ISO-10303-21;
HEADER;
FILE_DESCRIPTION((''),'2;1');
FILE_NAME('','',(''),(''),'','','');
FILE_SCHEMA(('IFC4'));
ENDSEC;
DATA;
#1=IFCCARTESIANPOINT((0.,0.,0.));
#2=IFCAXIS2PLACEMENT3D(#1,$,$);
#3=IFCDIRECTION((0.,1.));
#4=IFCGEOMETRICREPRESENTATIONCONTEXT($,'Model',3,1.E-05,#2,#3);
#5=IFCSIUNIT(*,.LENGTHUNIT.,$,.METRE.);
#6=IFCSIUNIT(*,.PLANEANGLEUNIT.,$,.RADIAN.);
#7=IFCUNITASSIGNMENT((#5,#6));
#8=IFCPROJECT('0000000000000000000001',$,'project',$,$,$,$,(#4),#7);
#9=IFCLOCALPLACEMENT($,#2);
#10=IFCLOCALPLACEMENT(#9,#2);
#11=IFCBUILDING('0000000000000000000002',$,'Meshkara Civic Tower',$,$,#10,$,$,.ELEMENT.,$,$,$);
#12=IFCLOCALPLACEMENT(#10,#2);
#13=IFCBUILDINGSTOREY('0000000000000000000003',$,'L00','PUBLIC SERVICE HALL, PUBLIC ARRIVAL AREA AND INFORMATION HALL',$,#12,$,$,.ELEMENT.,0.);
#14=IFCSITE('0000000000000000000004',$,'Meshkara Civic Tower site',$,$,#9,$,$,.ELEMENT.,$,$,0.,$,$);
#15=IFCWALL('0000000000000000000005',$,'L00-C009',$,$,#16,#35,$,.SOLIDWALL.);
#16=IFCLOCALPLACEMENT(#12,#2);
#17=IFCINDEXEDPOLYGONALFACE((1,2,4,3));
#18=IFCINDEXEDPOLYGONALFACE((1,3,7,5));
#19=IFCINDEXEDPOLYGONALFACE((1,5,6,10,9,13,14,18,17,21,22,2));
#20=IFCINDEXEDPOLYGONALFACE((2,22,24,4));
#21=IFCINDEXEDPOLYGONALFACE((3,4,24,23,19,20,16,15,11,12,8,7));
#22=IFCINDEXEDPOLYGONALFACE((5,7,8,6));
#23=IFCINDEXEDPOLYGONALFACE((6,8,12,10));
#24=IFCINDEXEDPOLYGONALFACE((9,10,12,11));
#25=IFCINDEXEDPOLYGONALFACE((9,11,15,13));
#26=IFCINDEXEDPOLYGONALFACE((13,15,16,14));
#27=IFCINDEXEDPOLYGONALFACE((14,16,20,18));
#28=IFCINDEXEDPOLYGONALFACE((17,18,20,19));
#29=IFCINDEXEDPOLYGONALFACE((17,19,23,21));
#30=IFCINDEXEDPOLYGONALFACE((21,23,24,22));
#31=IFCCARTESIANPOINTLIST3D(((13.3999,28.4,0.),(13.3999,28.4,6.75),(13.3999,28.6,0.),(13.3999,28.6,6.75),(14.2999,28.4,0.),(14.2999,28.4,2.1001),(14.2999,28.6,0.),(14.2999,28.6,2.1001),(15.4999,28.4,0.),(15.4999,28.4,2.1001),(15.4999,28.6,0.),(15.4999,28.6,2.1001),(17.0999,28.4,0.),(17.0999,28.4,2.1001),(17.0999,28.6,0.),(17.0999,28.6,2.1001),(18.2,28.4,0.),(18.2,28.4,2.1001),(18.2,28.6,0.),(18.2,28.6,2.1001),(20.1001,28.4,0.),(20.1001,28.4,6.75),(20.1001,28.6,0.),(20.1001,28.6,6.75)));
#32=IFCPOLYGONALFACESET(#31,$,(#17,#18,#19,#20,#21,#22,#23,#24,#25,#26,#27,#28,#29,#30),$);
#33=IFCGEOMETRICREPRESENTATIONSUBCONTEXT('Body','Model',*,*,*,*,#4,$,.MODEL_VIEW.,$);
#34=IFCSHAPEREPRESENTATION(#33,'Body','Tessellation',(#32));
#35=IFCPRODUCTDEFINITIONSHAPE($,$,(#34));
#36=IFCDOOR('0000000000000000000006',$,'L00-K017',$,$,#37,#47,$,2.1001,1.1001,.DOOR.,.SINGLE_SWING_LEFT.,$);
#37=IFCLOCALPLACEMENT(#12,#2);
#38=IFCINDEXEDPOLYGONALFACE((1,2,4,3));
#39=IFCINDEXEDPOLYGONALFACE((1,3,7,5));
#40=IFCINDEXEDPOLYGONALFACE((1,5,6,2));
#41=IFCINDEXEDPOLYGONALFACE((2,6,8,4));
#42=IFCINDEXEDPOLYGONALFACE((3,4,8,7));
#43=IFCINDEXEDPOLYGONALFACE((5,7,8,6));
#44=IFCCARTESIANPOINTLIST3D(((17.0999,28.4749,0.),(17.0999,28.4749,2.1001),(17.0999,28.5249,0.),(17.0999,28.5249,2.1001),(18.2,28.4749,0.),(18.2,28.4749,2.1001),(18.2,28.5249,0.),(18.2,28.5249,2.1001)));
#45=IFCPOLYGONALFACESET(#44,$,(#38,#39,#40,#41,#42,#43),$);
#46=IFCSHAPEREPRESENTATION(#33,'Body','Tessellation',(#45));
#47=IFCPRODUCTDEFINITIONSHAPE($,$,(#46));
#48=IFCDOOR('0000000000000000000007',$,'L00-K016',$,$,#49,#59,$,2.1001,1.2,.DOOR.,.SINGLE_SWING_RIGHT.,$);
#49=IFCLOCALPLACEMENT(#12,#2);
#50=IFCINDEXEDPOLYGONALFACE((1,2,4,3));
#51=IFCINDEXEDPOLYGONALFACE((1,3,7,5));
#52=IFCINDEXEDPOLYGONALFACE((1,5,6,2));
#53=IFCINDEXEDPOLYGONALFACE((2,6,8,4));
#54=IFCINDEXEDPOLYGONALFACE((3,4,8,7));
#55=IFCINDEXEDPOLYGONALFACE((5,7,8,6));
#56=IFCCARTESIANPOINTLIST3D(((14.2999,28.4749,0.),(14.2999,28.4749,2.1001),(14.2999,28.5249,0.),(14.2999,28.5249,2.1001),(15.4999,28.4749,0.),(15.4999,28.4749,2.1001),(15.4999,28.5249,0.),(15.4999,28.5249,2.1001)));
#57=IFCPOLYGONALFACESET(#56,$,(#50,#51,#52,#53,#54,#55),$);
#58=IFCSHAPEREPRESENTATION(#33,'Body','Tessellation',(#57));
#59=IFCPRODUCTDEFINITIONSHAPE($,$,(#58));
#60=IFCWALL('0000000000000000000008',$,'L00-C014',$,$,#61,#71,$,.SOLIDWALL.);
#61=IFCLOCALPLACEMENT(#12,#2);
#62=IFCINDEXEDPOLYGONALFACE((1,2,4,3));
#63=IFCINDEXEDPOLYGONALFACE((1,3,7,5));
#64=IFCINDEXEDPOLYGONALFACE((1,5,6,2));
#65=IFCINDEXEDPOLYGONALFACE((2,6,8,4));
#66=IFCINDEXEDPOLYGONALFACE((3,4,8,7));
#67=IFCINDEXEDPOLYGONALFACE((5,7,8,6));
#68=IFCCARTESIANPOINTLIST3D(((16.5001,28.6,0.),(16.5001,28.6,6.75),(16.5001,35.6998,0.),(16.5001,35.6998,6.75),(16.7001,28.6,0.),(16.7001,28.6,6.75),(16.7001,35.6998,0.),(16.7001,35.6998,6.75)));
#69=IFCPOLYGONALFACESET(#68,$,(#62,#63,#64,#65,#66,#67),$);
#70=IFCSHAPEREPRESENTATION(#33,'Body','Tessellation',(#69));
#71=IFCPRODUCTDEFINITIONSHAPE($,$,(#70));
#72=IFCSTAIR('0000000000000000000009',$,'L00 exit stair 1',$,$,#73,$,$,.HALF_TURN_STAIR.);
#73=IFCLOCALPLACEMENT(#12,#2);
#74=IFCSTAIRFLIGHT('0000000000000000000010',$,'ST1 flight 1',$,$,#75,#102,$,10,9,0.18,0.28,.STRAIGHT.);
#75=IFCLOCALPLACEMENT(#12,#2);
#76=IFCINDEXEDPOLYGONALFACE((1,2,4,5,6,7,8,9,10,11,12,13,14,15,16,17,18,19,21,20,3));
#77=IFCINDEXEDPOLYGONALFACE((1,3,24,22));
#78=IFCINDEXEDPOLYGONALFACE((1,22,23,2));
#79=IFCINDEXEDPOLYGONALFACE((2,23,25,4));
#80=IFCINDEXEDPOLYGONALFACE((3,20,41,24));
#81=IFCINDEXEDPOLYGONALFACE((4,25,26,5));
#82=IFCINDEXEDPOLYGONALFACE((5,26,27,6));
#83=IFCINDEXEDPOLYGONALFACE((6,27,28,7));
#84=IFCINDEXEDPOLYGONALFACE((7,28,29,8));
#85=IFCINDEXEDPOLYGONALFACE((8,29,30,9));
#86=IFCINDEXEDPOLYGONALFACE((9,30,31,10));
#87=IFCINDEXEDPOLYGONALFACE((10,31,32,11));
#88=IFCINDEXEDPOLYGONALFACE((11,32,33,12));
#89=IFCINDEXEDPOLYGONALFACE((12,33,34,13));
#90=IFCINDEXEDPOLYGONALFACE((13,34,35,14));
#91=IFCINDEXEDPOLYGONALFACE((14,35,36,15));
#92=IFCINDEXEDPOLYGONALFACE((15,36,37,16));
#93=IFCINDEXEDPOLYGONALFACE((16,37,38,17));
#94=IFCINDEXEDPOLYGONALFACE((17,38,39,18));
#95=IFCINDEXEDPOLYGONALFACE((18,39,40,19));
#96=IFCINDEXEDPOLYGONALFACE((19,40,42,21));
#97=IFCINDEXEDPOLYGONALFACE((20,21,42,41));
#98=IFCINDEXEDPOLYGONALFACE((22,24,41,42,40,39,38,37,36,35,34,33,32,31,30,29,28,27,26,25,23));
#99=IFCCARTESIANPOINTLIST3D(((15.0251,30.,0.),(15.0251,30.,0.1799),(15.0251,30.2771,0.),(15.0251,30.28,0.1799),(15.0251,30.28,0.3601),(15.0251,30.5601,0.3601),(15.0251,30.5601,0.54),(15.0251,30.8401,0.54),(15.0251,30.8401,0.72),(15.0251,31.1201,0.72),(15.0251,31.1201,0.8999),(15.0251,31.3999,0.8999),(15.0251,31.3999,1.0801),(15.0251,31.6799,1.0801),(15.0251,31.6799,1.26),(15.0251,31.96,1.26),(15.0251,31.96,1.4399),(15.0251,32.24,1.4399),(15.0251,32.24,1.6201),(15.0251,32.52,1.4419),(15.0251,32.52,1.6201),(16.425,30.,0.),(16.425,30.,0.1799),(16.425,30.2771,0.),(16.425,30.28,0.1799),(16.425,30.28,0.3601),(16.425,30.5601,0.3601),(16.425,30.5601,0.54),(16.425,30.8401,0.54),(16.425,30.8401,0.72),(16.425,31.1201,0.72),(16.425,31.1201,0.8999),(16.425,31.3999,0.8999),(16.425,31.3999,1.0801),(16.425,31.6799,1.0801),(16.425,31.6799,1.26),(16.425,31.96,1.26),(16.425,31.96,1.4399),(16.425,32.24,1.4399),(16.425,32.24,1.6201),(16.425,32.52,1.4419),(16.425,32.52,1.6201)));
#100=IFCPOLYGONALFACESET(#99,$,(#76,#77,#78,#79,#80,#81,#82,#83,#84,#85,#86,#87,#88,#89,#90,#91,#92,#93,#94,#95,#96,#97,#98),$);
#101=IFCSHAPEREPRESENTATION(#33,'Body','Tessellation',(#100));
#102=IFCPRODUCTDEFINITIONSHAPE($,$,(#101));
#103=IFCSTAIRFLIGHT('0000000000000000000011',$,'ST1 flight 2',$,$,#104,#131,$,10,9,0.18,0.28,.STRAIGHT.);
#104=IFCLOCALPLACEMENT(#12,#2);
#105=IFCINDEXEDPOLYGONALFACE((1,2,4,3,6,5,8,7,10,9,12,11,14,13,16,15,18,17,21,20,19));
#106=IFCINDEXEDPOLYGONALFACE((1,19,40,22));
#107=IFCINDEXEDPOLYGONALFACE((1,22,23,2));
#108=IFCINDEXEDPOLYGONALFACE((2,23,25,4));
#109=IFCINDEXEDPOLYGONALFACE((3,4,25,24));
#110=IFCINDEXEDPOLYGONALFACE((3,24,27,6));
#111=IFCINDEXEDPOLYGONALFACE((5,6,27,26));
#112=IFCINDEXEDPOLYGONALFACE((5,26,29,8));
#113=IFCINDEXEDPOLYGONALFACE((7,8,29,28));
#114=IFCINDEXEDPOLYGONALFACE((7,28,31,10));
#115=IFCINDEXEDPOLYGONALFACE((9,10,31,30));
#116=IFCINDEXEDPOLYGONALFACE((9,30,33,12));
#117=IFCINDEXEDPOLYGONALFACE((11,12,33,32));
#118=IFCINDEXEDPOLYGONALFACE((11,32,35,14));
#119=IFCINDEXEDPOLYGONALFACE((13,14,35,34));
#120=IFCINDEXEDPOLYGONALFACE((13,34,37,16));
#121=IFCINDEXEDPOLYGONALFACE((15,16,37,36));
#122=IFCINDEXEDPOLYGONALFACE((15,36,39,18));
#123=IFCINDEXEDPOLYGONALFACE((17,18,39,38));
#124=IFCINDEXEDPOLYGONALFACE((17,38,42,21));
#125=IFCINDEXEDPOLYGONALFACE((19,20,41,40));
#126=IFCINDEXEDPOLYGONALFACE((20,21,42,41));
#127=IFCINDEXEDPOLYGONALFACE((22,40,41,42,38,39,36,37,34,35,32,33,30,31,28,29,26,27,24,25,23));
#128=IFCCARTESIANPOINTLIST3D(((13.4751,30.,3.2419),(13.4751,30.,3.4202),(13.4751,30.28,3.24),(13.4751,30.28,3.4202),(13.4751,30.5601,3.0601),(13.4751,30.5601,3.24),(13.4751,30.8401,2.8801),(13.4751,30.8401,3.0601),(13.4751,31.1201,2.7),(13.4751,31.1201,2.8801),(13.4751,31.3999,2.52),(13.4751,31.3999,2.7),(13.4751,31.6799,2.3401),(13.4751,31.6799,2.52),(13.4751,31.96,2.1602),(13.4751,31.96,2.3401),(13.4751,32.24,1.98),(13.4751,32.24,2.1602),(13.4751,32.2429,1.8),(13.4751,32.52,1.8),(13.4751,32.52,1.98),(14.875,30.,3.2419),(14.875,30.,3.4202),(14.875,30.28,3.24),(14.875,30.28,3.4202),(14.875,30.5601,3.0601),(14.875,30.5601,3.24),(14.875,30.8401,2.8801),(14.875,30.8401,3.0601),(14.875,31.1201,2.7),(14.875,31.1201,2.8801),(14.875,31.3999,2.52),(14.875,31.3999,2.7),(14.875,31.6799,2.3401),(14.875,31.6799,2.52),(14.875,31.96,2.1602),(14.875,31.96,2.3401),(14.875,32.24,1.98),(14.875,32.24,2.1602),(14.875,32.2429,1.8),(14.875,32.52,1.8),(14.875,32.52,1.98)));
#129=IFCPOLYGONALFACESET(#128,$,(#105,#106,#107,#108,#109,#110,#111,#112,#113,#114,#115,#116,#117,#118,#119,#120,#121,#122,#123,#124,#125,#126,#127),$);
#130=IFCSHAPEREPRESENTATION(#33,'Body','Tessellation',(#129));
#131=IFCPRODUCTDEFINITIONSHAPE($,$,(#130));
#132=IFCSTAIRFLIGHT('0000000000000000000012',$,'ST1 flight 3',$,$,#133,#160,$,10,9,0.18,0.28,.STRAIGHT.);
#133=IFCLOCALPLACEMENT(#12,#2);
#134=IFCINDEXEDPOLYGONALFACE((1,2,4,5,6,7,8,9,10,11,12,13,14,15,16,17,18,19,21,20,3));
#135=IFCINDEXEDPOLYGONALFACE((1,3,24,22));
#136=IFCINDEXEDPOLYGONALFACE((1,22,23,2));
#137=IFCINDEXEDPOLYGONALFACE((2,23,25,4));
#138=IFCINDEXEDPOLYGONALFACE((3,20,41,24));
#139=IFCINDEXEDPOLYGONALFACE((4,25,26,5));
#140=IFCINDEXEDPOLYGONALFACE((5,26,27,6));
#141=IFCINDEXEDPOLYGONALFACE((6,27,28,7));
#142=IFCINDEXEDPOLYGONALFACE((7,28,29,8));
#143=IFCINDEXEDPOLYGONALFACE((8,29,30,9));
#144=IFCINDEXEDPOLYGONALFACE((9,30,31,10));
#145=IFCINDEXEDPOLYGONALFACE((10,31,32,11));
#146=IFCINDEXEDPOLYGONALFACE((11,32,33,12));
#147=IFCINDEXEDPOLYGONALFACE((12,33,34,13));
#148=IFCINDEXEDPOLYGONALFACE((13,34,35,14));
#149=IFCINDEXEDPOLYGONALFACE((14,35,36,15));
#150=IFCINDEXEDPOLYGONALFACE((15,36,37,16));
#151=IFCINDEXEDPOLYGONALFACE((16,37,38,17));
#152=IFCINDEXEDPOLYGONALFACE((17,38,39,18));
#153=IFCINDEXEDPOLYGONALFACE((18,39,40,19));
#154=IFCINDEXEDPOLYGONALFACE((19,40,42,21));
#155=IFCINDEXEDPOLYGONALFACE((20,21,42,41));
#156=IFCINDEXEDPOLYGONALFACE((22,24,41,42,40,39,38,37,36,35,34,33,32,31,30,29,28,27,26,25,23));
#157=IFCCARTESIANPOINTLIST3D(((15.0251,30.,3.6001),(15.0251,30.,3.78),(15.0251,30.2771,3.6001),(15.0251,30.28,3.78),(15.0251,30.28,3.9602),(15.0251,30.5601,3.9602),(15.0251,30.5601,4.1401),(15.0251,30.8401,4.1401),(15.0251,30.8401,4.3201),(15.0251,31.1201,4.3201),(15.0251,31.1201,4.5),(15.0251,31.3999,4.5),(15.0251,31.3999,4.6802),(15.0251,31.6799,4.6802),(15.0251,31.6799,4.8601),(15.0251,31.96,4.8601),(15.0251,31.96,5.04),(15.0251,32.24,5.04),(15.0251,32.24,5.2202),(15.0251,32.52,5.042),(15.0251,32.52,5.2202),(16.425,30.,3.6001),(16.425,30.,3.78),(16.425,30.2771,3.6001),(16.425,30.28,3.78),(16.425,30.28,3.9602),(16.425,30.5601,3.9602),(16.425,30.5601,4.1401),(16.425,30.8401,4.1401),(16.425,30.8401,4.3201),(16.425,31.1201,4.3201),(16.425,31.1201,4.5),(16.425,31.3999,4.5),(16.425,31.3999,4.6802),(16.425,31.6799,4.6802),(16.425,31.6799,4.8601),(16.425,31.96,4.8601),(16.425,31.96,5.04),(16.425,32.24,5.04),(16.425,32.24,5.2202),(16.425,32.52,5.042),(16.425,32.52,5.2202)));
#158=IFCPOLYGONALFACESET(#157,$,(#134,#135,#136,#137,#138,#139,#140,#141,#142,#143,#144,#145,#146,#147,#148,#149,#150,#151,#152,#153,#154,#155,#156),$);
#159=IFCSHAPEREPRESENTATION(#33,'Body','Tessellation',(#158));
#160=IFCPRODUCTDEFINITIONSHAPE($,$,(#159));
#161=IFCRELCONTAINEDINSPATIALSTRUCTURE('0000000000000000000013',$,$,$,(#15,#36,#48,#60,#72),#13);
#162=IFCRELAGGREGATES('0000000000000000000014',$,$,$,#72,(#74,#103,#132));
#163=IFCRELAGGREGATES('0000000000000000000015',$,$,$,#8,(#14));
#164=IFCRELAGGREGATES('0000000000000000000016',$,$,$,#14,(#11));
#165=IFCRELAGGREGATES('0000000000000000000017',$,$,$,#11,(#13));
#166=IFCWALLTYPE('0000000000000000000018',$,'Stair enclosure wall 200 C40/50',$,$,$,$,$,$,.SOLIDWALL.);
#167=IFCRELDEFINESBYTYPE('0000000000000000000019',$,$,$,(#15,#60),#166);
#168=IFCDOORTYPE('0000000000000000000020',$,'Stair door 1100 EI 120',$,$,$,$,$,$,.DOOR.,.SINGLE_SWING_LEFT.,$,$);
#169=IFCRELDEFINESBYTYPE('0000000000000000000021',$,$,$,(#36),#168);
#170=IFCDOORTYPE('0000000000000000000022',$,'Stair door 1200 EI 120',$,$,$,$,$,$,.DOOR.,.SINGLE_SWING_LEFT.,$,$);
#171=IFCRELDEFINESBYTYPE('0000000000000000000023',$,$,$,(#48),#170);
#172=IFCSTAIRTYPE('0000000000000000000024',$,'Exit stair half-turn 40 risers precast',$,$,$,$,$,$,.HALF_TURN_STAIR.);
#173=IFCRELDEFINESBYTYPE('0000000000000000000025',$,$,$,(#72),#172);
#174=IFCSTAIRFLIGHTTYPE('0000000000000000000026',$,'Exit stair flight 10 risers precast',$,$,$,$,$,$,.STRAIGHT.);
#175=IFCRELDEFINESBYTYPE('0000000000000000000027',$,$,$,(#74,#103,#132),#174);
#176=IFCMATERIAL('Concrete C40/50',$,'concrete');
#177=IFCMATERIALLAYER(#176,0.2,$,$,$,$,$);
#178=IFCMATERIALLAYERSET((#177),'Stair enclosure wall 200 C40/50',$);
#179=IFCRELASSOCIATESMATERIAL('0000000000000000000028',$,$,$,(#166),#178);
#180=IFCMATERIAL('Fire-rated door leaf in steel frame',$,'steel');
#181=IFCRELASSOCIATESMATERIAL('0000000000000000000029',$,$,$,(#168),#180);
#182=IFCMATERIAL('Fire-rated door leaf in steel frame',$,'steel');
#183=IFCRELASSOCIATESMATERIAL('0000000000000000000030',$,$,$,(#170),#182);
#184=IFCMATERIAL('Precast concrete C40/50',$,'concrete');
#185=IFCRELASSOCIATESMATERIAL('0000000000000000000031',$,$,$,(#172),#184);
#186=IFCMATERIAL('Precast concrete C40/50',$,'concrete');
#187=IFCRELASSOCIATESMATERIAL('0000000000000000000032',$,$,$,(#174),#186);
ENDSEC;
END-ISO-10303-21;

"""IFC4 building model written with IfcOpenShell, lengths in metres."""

from ifc_helpers import new_model, si_unit, direction, frame, frame_2d, origin, place, context, subcontext, project, spatial, polyline, rectangle, outline, extrude, material, layer, layer_set, type_object, element, fill, aggregate, save


model = new_model("IFC4")

# Units and contexts
model_context = context("Model", 3, precision=1e-05, world=origin(), true_north=direction((0.0, 1.0)))
body_context = subcontext(model_context, "Body", "Model", "MODEL_VIEW")
ifc_project = project(units=[si_unit("LENGTHUNIT", "METRE"), si_unit("PLANEANGLEUNIT", "RADIAN")], contexts=[model_context])

# Site, building, storey
site_placement = place(None, origin())
site = spatial("IfcSite", under=ifc_project, at=site_placement, Name="Meshkara Civic Tower site", CompositionType="ELEMENT", RefElevation=0.0)
building_placement = place(site_placement, origin())
building = spatial("IfcBuilding", under=site, at=building_placement, Name="Meshkara Civic Tower", CompositionType="ELEMENT")
storey_placement = place(building_placement, origin())
storey = spatial("IfcBuildingStorey", under=building, at=storey_placement, Name="L00", Description="PUBLIC SERVICE HALL, PUBLIC ARRIVAL AREA AND INFORMATION HALL", CompositionType="ELEMENT", Elevation=0.0)

# Wall, openings, doors
ifc_material_1 = material(Name="Concrete C40/50", Category="concrete")
ifc_layer_1 = layer(ifc_material_1, 0.2)
ifc_layer_set_1 = layer_set([ifc_layer_1], Name="Stair enclosure wall 200 C40/50")
wall_type_1 = type_object("IfcWallType", Name="Stair enclosure wall 200 C40/50", PredefinedType="SOLIDWALL", material=ifc_layer_set_1)
wall_1_placement = place(storey_placement, frame((13.3999, 28.5, 0.0), z_axis=(0.0, 0.0, 1.0), x_axis=(1.0, 0.0, 0.0)))
wall_1 = element("IfcWall", 1, at=wall_1_placement, inside=storey, type_object=wall_type_1, Name="L00-C009", PredefinedType="SOLIDWALL", context=body_context, shape_type="SweptSolid", body=[
    extrude(rectangle(XDim=6.7002, YDim=0.2, at=frame_2d((3.3501, 0.0))), origin(), (0.0, 0.0, 1.0), 6.75),
])
opening_1_placement = place(wall_1_placement, frame((0.8999, 0.0, 0.0)))
opening_1 = element("IfcOpeningElement", 2, at=opening_1_placement, cuts=wall_1, PredefinedType="OPENING", context=body_context, shape_type="SweptSolid", body=[
    extrude(rectangle(XDim=1.2, YDim=2.1001, at=frame_2d((0.6001, 1.05))), frame((0.0, 0.1099, 0.0), z_axis=(0.0, -1.0, 0.0), x_axis=(1.0, 0.0, 0.0)), (0.0, 0.0, 1.0), 0.22),
])
opening_2_placement = place(wall_1_placement, frame((3.7, 0.0, 0.0)))
opening_2 = element("IfcOpeningElement", 3, at=opening_2_placement, cuts=wall_1, PredefinedType="OPENING", context=body_context, shape_type="SweptSolid", body=[
    extrude(rectangle(XDim=1.1001, YDim=2.1001, at=frame_2d((0.55, 1.05))), frame((0.0, 0.1099, 0.0), z_axis=(0.0, -1.0, 0.0), x_axis=(1.0, 0.0, 0.0)), (0.0, 0.0, 1.0), 0.22),
])
ifc_material_2 = material(Name="Fire-rated door leaf in steel frame", Category="steel")
door_type_1 = type_object("IfcDoorType", Name="Stair door 1100 EI 120", OperationType="SINGLE_SWING_LEFT", PredefinedType="DOOR", material=ifc_material_2)
door_1_placement = place(opening_2_placement, origin())
door_1 = element("IfcDoor", 4, at=door_1_placement, inside=storey, type_object=door_type_1, Name="L00-K017", OperationType="SINGLE_SWING_LEFT", OverallHeight=2.1001, OverallWidth=1.1001, PredefinedType="DOOR", context=body_context, shape_type="SweptSolid", body=[
    extrude(rectangle(XDim=1.1001, YDim=2.1001, at=frame_2d((0.55, 1.05))), frame((0.0, 0.0249, 0.0), z_axis=(0.0, -1.0, 0.0), x_axis=(1.0, 0.0, 0.0)), (0.0, 0.0, 1.0), 0.05),
])
fill(opening_2, door_1)
ifc_material_3 = material(Name="Fire-rated door leaf in steel frame", Category="steel")
door_type_2 = type_object("IfcDoorType", Name="Stair door 1200 EI 120", OperationType="SINGLE_SWING_LEFT", PredefinedType="DOOR", material=ifc_material_3)
door_2_placement = place(opening_1_placement, origin())
door_2 = element("IfcDoor", 5, at=door_2_placement, inside=storey, type_object=door_type_2, Name="L00-K016", OperationType="SINGLE_SWING_RIGHT", OverallHeight=2.1001, OverallWidth=1.2, PredefinedType="DOOR", context=body_context, shape_type="SweptSolid", body=[
    extrude(rectangle(XDim=1.2, YDim=2.1001, at=frame_2d((0.6001, 1.05))), frame((0.0, 0.0249, 0.0), z_axis=(0.0, -1.0, 0.0), x_axis=(1.0, 0.0, 0.0)), (0.0, 0.0, 1.0), 0.05),
])
fill(opening_1, door_2)

# Wall
wall_2_placement = place(storey_placement, frame((16.6001, 28.6001, 0.0), z_axis=(0.0, 0.0, 1.0), x_axis=(0.0, 1.0, 0.0)))
element("IfcWall", 6, at=wall_2_placement, inside=storey, type_object=wall_type_1, Name="L00-C014", PredefinedType="SOLIDWALL", context=body_context, shape_type="SweptSolid", body=[
    extrude(rectangle(XDim=7.0999, YDim=0.2, at=frame_2d((3.5498, 0.0))), origin(), (0.0, 0.0, 1.0), 6.75),
])

# Stair, stair flights
ifc_material_4 = material(Name="Precast concrete C40/50", Category="concrete")
stair_type = type_object("IfcStairType", Name="Exit stair half-turn 40 risers precast", PredefinedType="HALF_TURN_STAIR", material=ifc_material_4)
stair_placement = place(storey_placement, origin())
stair = element("IfcStair", 7, at=stair_placement, inside=storey, type_object=stair_type, Name="L00 exit stair 1", PredefinedType="HALF_TURN_STAIR")
ifc_material_5 = material(Name="Precast concrete C40/50", Category="concrete")
stair_flight_type = type_object("IfcStairFlightType", Name="Exit stair flight 10 risers precast", PredefinedType="STRAIGHT", material=ifc_material_5)
stair_flight_1_placement = place(storey_placement, frame((15.7251, 30.0, 0.0), z_axis=(0.0, 0.0, 1.0), x_axis=(0.0, 1.0, 0.0)))
stair_flight_1 = element("IfcStairFlight", 8, at=stair_flight_1_placement, type_object=stair_flight_type, Name="ST1 flight 1", NumberOfRisers=10, NumberOfTreads=9, PredefinedType="STRAIGHT", RiserHeight=0.18, TreadLength=0.28, context=body_context, shape_type="SweptSolid", body=[
    extrude(outline(polyline([(0.0, 0.0), (0.0, 0.1799), (0.28, 0.1799), (0.28, 0.3601), (0.5601, 0.3601), (0.5601, 0.54), (0.8401, 0.54), (0.8401, 0.72), (1.1201, 0.72), (1.1201, 0.8999), (1.3999, 0.8999), (1.3999, 1.0801), (1.6799, 1.0801), (1.6799, 1.26), (1.96, 1.26), (1.96, 1.4399), (2.24, 1.4399), (2.24, 1.6201), (2.52, 1.6201), (2.52, 1.8), (2.52, 1.4419), (0.2771, 0.0), (0.0, 0.0)])), frame((0.0, 0.7, 0.0), z_axis=(0.0, -1.0, 0.0), x_axis=(1.0, 0.0, 0.0)), (0.0, 0.0, 1.0), 1.3999),
])
stair_flight_2_placement = place(storey_placement, frame((14.175, 32.52, 1.8), z_axis=(0.0, 0.0, 1.0), x_axis=(0.0, -1.0, 0.0)))
stair_flight_2 = element("IfcStairFlight", 9, at=stair_flight_2_placement, type_object=stair_flight_type, Name="ST1 flight 2", NumberOfRisers=10, NumberOfTreads=9, PredefinedType="STRAIGHT", RiserHeight=0.18, TreadLength=0.28, context=body_context, shape_type="SweptSolid", body=[
    extrude(outline(polyline([(0.0, 0.0), (0.0, 0.1799), (0.28, 0.1799), (0.28, 0.3601), (0.5601, 0.3601), (0.5601, 0.54), (0.8401, 0.54), (0.8401, 0.72), (1.1201, 0.72), (1.1201, 0.8999), (1.3999, 0.8999), (1.3999, 1.0801), (1.6799, 1.0801), (1.6799, 1.26), (1.96, 1.26), (1.96, 1.4399), (2.24, 1.4399), (2.24, 1.6201), (2.52, 1.6201), (2.52, 1.8), (2.52, 1.4419), (0.2771, 0.0), (0.0, 0.0)])), frame((0.0, 0.7, 0.0), z_axis=(0.0, -1.0, 0.0), x_axis=(1.0, 0.0, 0.0)), (0.0, 0.0, 1.0), 1.3999),
])
stair_flight_3_placement = place(storey_placement, frame((15.7251, 30.0, 3.6001), z_axis=(0.0, 0.0, 1.0), x_axis=(0.0, 1.0, 0.0)))
stair_flight_3 = element("IfcStairFlight", 10, at=stair_flight_3_placement, type_object=stair_flight_type, Name="ST1 flight 3", NumberOfRisers=10, NumberOfTreads=9, PredefinedType="STRAIGHT", RiserHeight=0.18, TreadLength=0.28, context=body_context, shape_type="SweptSolid", body=[
    extrude(outline(polyline([(0.0, 0.0), (0.0, 0.1799), (0.28, 0.1799), (0.28, 0.3601), (0.5601, 0.3601), (0.5601, 0.54), (0.8401, 0.54), (0.8401, 0.72), (1.1201, 0.72), (1.1201, 0.8999), (1.3999, 0.8999), (1.3999, 1.0801), (1.6799, 1.0801), (1.6799, 1.26), (1.96, 1.26), (1.96, 1.4399), (2.24, 1.4399), (2.24, 1.6201), (2.52, 1.6201), (2.52, 1.8), (2.52, 1.4419), (0.2771, 0.0), (0.0, 0.0)])), frame((0.0, 0.7, 0.0), z_axis=(0.0, -1.0, 0.0), x_axis=(1.0, 0.0, 0.0)), (0.0, 0.0, 1.0), 1.3999),
])
aggregate(stair, [stair_flight_1, stair_flight_2, stair_flight_3])

save(model, "model.ifc")
